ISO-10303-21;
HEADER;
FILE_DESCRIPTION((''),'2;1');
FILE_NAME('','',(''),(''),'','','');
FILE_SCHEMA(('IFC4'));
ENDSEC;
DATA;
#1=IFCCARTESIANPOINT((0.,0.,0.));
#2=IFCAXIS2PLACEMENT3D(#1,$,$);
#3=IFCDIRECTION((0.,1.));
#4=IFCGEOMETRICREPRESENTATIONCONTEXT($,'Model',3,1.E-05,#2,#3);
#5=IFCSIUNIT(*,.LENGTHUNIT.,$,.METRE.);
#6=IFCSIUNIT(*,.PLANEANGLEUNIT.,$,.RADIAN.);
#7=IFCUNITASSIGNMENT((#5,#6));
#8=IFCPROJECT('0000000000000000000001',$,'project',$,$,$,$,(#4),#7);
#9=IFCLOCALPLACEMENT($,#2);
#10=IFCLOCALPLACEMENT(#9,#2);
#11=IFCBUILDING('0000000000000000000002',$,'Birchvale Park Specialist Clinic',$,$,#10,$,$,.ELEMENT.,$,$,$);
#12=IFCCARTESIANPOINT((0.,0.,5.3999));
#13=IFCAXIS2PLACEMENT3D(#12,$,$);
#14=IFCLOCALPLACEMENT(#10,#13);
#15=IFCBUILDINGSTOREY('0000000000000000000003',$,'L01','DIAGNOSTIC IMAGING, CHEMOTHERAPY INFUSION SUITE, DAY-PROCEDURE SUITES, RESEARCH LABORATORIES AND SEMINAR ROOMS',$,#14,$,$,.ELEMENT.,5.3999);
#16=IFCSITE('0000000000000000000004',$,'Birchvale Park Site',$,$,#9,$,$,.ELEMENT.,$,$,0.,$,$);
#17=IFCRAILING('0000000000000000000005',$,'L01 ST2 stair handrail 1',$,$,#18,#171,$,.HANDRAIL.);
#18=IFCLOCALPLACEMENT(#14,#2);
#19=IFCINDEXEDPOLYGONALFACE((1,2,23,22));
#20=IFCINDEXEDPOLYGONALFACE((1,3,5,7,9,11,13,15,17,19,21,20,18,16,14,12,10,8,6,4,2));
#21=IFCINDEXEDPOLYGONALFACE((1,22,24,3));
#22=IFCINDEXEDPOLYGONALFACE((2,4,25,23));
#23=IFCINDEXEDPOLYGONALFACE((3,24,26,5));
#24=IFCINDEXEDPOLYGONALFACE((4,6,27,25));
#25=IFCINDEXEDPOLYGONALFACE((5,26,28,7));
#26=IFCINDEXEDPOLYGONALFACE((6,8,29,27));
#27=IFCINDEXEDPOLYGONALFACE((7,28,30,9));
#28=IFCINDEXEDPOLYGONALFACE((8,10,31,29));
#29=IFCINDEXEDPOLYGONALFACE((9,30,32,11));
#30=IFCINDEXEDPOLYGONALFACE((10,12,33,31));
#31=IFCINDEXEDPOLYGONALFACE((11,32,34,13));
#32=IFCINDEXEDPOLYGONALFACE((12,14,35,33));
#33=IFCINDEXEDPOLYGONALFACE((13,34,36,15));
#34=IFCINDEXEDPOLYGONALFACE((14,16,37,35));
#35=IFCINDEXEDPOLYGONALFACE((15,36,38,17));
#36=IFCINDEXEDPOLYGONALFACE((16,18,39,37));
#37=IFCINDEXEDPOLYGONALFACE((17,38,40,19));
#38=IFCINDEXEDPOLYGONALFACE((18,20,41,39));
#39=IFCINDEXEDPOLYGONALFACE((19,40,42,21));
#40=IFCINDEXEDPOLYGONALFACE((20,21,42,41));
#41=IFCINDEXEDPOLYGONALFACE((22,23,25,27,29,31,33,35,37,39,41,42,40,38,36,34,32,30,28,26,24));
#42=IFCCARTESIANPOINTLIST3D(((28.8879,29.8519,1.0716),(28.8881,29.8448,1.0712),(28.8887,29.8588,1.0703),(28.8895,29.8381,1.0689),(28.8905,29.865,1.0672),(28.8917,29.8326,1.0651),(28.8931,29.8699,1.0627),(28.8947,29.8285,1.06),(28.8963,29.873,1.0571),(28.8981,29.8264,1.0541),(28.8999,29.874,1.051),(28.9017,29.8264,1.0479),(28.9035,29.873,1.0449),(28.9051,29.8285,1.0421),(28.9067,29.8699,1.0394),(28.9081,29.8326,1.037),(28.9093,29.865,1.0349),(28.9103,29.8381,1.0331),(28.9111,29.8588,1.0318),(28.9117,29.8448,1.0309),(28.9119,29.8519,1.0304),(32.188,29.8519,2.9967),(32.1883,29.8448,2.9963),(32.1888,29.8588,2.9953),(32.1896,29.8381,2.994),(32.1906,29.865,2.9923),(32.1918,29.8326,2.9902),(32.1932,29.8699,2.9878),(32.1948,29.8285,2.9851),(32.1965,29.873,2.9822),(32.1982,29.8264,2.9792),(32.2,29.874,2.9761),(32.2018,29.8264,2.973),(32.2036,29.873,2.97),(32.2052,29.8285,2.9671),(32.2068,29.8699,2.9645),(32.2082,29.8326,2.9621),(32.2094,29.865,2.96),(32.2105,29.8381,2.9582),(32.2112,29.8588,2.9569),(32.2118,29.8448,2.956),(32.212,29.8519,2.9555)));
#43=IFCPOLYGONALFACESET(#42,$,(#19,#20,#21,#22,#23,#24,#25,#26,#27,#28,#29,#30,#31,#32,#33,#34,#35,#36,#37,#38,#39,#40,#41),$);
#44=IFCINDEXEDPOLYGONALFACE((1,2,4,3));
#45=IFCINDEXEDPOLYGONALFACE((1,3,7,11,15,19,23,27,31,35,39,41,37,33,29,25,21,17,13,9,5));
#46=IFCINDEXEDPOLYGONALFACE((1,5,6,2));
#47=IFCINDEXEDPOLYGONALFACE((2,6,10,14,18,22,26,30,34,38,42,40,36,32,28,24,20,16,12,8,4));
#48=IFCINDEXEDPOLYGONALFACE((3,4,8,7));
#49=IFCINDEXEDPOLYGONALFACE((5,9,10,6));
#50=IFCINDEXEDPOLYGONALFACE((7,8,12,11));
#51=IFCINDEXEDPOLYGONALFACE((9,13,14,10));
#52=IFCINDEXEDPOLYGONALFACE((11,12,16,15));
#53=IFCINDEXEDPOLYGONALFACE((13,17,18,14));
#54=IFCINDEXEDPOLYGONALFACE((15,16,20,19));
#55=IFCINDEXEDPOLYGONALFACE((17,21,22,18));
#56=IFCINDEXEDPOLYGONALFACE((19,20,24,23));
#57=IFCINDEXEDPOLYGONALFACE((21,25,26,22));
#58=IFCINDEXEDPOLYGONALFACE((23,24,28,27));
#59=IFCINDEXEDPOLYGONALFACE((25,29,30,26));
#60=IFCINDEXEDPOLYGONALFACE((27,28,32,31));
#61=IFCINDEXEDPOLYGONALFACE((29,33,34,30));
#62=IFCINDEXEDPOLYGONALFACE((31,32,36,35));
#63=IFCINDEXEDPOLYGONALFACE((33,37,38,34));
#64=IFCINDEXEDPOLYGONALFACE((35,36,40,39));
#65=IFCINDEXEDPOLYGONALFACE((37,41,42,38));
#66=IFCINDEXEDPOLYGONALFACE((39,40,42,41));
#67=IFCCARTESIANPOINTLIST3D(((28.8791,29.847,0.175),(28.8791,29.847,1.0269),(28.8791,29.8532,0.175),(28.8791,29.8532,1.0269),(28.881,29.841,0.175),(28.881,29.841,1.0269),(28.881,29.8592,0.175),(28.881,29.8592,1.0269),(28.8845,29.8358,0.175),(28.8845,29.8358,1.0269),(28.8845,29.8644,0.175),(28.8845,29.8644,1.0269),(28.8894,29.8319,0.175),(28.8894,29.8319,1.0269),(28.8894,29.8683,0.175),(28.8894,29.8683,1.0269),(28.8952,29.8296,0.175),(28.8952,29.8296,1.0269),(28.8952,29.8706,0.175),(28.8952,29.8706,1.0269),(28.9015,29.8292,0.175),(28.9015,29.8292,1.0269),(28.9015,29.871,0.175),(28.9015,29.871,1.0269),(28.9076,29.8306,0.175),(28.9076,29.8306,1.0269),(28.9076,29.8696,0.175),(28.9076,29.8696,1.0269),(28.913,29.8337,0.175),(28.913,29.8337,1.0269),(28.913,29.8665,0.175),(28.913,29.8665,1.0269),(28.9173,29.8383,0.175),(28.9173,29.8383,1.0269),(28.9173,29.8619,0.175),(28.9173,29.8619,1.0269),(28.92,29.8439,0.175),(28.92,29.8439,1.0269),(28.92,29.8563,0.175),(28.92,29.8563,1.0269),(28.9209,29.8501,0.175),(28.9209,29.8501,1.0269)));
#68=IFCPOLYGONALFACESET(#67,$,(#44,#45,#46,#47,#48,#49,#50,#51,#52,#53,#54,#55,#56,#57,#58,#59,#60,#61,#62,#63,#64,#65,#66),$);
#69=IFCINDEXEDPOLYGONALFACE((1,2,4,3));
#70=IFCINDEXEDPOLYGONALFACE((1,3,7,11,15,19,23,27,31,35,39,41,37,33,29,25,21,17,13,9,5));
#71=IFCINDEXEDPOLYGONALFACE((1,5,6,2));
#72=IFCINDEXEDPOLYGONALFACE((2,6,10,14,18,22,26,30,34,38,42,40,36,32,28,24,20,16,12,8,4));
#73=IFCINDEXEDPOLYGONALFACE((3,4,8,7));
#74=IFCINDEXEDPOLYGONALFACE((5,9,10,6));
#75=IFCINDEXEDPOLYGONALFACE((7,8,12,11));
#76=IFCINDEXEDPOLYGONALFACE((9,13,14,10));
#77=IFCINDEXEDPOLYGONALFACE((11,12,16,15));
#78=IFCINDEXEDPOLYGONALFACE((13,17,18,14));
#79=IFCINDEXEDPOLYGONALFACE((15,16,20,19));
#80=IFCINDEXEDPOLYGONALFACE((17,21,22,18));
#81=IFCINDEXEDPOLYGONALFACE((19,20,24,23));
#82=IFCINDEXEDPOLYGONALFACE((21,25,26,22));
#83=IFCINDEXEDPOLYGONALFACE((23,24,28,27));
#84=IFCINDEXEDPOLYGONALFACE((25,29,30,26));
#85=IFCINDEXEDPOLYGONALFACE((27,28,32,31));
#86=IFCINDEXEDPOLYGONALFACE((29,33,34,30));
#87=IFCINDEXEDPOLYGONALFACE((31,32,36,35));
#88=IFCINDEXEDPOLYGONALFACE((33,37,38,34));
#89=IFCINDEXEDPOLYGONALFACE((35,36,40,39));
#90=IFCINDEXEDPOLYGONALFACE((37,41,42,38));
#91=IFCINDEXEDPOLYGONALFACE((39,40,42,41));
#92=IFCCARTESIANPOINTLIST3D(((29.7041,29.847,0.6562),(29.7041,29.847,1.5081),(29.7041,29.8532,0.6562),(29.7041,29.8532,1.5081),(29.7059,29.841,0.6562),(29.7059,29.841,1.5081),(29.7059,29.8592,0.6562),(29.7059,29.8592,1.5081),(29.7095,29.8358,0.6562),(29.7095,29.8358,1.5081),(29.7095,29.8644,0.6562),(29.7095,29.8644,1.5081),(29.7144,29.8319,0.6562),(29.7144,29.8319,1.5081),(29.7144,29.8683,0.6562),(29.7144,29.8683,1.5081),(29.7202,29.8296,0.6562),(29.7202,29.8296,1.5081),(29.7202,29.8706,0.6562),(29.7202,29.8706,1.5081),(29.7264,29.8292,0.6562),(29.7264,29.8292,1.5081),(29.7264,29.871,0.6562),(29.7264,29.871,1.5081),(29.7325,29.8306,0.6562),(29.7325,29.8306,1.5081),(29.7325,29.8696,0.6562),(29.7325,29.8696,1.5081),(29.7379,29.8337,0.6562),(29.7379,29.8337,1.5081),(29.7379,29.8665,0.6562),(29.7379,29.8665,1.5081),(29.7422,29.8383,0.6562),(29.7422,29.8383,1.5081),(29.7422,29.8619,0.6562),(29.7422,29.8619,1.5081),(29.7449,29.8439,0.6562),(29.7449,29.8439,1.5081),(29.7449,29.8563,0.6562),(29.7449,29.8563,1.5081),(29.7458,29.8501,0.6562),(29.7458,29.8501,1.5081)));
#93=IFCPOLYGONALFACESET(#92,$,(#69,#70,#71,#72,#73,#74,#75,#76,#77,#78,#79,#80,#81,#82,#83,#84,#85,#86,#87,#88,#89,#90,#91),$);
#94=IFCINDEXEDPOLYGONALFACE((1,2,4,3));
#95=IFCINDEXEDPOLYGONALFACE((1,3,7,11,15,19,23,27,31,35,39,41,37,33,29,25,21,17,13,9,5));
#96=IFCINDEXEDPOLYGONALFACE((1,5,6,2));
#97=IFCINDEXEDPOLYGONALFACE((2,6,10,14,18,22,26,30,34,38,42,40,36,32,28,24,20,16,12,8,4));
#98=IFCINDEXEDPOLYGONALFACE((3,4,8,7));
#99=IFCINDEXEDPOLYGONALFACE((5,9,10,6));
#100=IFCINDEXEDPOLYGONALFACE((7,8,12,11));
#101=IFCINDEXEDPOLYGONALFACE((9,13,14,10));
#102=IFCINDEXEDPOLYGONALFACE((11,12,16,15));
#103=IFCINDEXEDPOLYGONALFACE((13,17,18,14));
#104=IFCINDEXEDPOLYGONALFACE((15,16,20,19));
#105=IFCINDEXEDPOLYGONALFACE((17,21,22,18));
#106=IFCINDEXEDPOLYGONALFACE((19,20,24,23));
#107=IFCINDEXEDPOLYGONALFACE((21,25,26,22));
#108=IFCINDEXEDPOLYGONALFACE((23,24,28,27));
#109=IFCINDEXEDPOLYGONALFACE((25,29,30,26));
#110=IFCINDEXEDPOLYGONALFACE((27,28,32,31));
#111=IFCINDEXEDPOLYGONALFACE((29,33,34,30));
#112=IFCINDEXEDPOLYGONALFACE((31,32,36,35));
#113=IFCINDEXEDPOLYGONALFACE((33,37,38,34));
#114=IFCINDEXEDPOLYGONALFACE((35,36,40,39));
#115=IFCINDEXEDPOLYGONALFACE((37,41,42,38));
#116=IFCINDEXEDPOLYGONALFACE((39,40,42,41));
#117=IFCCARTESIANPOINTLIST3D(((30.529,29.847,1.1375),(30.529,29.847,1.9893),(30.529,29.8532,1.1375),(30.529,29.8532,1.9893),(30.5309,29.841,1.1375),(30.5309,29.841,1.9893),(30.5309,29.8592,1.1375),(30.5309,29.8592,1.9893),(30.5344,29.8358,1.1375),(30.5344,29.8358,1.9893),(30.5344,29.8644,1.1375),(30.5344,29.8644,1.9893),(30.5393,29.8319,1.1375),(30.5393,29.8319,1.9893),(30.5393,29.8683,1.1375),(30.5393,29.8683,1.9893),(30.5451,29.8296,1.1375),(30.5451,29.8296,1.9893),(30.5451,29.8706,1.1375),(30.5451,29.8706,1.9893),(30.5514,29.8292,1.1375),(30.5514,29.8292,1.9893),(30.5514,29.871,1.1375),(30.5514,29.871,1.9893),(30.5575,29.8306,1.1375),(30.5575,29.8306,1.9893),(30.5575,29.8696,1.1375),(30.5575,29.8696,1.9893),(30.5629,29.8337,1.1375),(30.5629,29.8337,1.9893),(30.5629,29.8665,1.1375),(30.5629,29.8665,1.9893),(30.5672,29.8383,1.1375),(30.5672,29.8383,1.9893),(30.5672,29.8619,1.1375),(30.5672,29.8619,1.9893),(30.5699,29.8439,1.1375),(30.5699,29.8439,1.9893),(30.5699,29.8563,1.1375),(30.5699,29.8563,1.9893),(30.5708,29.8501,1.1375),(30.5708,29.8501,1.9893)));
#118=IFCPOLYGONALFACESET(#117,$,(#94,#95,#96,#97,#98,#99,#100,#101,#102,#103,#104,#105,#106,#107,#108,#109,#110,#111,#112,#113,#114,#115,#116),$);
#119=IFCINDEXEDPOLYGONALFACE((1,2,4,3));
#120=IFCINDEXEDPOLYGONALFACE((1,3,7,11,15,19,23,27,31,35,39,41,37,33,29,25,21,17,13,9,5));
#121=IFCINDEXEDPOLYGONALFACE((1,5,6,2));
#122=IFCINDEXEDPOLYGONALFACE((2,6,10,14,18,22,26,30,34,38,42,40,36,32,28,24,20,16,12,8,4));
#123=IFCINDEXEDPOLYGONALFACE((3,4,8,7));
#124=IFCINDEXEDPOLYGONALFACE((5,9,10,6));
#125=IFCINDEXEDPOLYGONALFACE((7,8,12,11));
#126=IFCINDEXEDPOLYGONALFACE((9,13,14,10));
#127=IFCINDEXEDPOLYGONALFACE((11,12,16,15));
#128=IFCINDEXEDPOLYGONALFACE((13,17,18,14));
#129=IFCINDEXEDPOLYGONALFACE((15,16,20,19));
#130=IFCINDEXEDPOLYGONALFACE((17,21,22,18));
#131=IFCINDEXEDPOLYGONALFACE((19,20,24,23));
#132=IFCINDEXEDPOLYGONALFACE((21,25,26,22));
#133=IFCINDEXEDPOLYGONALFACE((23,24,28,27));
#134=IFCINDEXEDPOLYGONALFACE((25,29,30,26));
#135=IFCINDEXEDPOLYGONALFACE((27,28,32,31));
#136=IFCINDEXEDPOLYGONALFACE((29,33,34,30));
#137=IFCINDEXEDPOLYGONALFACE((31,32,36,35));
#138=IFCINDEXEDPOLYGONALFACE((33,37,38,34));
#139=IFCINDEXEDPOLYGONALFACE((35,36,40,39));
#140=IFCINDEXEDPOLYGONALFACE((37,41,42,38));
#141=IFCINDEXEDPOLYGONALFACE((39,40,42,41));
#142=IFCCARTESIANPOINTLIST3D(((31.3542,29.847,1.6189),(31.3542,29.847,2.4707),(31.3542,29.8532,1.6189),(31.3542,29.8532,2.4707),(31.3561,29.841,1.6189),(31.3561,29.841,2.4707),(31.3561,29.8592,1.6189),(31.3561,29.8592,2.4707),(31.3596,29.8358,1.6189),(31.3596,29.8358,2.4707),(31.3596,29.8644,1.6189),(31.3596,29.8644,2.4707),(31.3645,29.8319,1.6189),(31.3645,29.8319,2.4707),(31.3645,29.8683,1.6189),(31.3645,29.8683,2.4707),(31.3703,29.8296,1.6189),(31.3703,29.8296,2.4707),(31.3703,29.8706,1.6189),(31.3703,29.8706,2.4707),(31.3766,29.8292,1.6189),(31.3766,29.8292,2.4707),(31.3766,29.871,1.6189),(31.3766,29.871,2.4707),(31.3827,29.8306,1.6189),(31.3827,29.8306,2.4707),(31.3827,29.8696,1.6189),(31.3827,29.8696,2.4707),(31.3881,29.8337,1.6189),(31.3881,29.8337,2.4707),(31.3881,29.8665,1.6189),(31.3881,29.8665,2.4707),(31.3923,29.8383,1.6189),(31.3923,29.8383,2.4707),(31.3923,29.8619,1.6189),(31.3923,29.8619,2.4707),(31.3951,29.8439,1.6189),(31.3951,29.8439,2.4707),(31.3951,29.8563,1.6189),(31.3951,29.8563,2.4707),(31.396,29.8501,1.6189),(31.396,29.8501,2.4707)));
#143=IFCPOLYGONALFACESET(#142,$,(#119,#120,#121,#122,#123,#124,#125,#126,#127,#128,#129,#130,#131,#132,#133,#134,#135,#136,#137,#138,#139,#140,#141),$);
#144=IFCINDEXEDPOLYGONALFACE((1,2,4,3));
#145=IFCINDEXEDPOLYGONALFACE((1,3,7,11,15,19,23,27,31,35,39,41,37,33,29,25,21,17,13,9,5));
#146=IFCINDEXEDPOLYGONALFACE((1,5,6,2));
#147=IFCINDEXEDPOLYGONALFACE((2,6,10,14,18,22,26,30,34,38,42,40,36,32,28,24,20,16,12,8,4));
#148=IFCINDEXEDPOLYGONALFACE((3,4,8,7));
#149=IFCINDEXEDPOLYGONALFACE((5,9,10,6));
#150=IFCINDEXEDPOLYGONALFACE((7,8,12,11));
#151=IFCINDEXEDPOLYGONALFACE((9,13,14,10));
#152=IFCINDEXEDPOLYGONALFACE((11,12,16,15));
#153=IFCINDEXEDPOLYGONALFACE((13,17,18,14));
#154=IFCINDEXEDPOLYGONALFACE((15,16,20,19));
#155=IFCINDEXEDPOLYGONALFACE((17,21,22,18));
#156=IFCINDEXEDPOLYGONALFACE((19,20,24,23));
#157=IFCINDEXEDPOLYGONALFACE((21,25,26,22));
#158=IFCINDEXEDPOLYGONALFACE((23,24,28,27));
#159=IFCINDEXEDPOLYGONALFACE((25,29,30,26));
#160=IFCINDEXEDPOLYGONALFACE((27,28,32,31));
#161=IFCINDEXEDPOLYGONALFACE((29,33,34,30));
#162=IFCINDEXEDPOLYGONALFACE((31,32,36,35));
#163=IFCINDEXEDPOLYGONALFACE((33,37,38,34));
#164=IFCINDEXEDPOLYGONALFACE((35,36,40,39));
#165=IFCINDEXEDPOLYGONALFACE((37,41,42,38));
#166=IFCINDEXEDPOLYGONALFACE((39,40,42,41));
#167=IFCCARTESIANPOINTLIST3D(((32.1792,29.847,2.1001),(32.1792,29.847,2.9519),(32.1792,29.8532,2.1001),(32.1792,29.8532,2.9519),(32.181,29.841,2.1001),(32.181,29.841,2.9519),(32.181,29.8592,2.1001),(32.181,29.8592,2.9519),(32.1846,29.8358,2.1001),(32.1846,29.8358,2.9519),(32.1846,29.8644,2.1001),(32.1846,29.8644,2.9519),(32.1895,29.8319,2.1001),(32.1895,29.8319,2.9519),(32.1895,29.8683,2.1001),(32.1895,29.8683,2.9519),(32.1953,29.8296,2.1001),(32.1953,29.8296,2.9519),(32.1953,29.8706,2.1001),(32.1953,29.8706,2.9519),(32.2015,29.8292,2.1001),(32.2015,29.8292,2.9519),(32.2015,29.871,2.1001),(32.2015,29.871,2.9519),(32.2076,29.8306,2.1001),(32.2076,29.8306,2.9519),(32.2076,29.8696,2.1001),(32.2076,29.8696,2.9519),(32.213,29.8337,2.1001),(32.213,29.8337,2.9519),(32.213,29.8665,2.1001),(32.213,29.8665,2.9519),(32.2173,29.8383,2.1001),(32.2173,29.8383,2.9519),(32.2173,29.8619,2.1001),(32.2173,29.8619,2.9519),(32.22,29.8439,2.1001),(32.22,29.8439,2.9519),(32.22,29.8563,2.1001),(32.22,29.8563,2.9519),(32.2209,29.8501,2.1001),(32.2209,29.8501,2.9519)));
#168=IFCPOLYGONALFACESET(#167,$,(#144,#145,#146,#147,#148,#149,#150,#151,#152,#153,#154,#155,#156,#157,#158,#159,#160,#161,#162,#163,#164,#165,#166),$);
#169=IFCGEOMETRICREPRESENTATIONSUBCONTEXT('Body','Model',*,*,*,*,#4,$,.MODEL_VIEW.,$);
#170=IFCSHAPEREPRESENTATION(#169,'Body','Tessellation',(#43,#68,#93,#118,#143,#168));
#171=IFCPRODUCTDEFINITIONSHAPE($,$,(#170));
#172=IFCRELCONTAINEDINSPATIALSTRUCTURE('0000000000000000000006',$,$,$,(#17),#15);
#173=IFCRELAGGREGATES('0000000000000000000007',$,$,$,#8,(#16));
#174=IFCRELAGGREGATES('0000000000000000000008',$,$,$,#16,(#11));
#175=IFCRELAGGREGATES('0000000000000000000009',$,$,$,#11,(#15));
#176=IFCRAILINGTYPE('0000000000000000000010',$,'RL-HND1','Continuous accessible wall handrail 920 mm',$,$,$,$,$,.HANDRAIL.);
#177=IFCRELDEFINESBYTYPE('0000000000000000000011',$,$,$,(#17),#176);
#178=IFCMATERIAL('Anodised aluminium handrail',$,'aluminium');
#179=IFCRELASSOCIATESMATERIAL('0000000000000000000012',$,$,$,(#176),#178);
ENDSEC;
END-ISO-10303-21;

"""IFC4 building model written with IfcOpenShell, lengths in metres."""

from ifc_helpers import new_model, si_unit, direction, frame, origin, origin_2d, place, context, subcontext, project, spatial, circle, extrude, material, type_object, element, save


model = new_model("IFC4")

# Units and contexts
model_context = context("Model", 3, precision=1e-05, world=origin(), true_north=direction((0.0, 1.0)))
body_context = subcontext(model_context, "Body", "Model", "MODEL_VIEW")
ifc_project = project(units=[si_unit("LENGTHUNIT", "METRE"), si_unit("PLANEANGLEUNIT", "RADIAN")], contexts=[model_context])

# Site, building, storey
site_placement = place(None, origin())
site = spatial("IfcSite", under=ifc_project, at=site_placement, Name="Birchvale Park Site", CompositionType="ELEMENT", RefElevation=0.0)
building_placement = place(site_placement, origin())
building = spatial("IfcBuilding", under=site, at=building_placement, Name="Birchvale Park Specialist Clinic", CompositionType="ELEMENT")
storey_placement = place(building_placement, frame((0.0, 0.0, 5.3999)))
storey = spatial("IfcBuildingStorey", under=building, at=storey_placement, Name="L01", Description="DIAGNOSTIC IMAGING, CHEMOTHERAPY INFUSION SUITE, DAY-PROCEDURE SUITES, RESEARCH LABORATORIES AND SEMINAR ROOMS", CompositionType="ELEMENT", Elevation=5.3999)

# Railing
ifc_material_1 = material(Name="Anodised aluminium handrail", Category="aluminium")
railing_type_1 = type_object("IfcRailingType", Name="RL-HND1", Description="Continuous accessible wall handrail 920 mm", PredefinedType="HANDRAIL", material=ifc_material_1)
railing_1_placement = place(storey_placement, frame((28.8999, 29.8501, 0.175)))
element("IfcRailing", 1, at=railing_1_placement, inside=storey, type_object=railing_type_1, Name="L01 ST2 stair handrail 1", PredefinedType="HANDRAIL", context=body_context, shape_type="SweptSolid", body=[
    extrude(circle(Radius=0.0239, at=origin_2d()), frame((0.0, 0.0, 0.876), z_axis=(0.863777, 0.0, 0.503875), x_axis=(0.0, 1.0, 0.0)), (0.0, 0.0, 1.0), 3.8206),
    extrude(circle(Radius=0.021, at=origin_2d()), origin(), (0.0, 0.0, 1.0), 0.8518),
    extrude(circle(Radius=0.021, at=origin_2d()), frame((0.825, 0.0, 0.4812)), (0.0, 0.0, 1.0), 0.8518),
    extrude(circle(Radius=0.021, at=origin_2d()), frame((1.6499, 0.0, 0.9624)), (0.0, 0.0, 1.0), 0.8518),
    extrude(circle(Radius=0.021, at=origin_2d()), frame((2.4751, 0.0, 1.4438)), (0.0, 0.0, 1.0), 0.8518),
    extrude(circle(Radius=0.021, at=origin_2d()), frame((3.3, 0.0, 1.925)), (0.0, 0.0, 1.0), 0.8518),
])

save(model, "model.ifc")
